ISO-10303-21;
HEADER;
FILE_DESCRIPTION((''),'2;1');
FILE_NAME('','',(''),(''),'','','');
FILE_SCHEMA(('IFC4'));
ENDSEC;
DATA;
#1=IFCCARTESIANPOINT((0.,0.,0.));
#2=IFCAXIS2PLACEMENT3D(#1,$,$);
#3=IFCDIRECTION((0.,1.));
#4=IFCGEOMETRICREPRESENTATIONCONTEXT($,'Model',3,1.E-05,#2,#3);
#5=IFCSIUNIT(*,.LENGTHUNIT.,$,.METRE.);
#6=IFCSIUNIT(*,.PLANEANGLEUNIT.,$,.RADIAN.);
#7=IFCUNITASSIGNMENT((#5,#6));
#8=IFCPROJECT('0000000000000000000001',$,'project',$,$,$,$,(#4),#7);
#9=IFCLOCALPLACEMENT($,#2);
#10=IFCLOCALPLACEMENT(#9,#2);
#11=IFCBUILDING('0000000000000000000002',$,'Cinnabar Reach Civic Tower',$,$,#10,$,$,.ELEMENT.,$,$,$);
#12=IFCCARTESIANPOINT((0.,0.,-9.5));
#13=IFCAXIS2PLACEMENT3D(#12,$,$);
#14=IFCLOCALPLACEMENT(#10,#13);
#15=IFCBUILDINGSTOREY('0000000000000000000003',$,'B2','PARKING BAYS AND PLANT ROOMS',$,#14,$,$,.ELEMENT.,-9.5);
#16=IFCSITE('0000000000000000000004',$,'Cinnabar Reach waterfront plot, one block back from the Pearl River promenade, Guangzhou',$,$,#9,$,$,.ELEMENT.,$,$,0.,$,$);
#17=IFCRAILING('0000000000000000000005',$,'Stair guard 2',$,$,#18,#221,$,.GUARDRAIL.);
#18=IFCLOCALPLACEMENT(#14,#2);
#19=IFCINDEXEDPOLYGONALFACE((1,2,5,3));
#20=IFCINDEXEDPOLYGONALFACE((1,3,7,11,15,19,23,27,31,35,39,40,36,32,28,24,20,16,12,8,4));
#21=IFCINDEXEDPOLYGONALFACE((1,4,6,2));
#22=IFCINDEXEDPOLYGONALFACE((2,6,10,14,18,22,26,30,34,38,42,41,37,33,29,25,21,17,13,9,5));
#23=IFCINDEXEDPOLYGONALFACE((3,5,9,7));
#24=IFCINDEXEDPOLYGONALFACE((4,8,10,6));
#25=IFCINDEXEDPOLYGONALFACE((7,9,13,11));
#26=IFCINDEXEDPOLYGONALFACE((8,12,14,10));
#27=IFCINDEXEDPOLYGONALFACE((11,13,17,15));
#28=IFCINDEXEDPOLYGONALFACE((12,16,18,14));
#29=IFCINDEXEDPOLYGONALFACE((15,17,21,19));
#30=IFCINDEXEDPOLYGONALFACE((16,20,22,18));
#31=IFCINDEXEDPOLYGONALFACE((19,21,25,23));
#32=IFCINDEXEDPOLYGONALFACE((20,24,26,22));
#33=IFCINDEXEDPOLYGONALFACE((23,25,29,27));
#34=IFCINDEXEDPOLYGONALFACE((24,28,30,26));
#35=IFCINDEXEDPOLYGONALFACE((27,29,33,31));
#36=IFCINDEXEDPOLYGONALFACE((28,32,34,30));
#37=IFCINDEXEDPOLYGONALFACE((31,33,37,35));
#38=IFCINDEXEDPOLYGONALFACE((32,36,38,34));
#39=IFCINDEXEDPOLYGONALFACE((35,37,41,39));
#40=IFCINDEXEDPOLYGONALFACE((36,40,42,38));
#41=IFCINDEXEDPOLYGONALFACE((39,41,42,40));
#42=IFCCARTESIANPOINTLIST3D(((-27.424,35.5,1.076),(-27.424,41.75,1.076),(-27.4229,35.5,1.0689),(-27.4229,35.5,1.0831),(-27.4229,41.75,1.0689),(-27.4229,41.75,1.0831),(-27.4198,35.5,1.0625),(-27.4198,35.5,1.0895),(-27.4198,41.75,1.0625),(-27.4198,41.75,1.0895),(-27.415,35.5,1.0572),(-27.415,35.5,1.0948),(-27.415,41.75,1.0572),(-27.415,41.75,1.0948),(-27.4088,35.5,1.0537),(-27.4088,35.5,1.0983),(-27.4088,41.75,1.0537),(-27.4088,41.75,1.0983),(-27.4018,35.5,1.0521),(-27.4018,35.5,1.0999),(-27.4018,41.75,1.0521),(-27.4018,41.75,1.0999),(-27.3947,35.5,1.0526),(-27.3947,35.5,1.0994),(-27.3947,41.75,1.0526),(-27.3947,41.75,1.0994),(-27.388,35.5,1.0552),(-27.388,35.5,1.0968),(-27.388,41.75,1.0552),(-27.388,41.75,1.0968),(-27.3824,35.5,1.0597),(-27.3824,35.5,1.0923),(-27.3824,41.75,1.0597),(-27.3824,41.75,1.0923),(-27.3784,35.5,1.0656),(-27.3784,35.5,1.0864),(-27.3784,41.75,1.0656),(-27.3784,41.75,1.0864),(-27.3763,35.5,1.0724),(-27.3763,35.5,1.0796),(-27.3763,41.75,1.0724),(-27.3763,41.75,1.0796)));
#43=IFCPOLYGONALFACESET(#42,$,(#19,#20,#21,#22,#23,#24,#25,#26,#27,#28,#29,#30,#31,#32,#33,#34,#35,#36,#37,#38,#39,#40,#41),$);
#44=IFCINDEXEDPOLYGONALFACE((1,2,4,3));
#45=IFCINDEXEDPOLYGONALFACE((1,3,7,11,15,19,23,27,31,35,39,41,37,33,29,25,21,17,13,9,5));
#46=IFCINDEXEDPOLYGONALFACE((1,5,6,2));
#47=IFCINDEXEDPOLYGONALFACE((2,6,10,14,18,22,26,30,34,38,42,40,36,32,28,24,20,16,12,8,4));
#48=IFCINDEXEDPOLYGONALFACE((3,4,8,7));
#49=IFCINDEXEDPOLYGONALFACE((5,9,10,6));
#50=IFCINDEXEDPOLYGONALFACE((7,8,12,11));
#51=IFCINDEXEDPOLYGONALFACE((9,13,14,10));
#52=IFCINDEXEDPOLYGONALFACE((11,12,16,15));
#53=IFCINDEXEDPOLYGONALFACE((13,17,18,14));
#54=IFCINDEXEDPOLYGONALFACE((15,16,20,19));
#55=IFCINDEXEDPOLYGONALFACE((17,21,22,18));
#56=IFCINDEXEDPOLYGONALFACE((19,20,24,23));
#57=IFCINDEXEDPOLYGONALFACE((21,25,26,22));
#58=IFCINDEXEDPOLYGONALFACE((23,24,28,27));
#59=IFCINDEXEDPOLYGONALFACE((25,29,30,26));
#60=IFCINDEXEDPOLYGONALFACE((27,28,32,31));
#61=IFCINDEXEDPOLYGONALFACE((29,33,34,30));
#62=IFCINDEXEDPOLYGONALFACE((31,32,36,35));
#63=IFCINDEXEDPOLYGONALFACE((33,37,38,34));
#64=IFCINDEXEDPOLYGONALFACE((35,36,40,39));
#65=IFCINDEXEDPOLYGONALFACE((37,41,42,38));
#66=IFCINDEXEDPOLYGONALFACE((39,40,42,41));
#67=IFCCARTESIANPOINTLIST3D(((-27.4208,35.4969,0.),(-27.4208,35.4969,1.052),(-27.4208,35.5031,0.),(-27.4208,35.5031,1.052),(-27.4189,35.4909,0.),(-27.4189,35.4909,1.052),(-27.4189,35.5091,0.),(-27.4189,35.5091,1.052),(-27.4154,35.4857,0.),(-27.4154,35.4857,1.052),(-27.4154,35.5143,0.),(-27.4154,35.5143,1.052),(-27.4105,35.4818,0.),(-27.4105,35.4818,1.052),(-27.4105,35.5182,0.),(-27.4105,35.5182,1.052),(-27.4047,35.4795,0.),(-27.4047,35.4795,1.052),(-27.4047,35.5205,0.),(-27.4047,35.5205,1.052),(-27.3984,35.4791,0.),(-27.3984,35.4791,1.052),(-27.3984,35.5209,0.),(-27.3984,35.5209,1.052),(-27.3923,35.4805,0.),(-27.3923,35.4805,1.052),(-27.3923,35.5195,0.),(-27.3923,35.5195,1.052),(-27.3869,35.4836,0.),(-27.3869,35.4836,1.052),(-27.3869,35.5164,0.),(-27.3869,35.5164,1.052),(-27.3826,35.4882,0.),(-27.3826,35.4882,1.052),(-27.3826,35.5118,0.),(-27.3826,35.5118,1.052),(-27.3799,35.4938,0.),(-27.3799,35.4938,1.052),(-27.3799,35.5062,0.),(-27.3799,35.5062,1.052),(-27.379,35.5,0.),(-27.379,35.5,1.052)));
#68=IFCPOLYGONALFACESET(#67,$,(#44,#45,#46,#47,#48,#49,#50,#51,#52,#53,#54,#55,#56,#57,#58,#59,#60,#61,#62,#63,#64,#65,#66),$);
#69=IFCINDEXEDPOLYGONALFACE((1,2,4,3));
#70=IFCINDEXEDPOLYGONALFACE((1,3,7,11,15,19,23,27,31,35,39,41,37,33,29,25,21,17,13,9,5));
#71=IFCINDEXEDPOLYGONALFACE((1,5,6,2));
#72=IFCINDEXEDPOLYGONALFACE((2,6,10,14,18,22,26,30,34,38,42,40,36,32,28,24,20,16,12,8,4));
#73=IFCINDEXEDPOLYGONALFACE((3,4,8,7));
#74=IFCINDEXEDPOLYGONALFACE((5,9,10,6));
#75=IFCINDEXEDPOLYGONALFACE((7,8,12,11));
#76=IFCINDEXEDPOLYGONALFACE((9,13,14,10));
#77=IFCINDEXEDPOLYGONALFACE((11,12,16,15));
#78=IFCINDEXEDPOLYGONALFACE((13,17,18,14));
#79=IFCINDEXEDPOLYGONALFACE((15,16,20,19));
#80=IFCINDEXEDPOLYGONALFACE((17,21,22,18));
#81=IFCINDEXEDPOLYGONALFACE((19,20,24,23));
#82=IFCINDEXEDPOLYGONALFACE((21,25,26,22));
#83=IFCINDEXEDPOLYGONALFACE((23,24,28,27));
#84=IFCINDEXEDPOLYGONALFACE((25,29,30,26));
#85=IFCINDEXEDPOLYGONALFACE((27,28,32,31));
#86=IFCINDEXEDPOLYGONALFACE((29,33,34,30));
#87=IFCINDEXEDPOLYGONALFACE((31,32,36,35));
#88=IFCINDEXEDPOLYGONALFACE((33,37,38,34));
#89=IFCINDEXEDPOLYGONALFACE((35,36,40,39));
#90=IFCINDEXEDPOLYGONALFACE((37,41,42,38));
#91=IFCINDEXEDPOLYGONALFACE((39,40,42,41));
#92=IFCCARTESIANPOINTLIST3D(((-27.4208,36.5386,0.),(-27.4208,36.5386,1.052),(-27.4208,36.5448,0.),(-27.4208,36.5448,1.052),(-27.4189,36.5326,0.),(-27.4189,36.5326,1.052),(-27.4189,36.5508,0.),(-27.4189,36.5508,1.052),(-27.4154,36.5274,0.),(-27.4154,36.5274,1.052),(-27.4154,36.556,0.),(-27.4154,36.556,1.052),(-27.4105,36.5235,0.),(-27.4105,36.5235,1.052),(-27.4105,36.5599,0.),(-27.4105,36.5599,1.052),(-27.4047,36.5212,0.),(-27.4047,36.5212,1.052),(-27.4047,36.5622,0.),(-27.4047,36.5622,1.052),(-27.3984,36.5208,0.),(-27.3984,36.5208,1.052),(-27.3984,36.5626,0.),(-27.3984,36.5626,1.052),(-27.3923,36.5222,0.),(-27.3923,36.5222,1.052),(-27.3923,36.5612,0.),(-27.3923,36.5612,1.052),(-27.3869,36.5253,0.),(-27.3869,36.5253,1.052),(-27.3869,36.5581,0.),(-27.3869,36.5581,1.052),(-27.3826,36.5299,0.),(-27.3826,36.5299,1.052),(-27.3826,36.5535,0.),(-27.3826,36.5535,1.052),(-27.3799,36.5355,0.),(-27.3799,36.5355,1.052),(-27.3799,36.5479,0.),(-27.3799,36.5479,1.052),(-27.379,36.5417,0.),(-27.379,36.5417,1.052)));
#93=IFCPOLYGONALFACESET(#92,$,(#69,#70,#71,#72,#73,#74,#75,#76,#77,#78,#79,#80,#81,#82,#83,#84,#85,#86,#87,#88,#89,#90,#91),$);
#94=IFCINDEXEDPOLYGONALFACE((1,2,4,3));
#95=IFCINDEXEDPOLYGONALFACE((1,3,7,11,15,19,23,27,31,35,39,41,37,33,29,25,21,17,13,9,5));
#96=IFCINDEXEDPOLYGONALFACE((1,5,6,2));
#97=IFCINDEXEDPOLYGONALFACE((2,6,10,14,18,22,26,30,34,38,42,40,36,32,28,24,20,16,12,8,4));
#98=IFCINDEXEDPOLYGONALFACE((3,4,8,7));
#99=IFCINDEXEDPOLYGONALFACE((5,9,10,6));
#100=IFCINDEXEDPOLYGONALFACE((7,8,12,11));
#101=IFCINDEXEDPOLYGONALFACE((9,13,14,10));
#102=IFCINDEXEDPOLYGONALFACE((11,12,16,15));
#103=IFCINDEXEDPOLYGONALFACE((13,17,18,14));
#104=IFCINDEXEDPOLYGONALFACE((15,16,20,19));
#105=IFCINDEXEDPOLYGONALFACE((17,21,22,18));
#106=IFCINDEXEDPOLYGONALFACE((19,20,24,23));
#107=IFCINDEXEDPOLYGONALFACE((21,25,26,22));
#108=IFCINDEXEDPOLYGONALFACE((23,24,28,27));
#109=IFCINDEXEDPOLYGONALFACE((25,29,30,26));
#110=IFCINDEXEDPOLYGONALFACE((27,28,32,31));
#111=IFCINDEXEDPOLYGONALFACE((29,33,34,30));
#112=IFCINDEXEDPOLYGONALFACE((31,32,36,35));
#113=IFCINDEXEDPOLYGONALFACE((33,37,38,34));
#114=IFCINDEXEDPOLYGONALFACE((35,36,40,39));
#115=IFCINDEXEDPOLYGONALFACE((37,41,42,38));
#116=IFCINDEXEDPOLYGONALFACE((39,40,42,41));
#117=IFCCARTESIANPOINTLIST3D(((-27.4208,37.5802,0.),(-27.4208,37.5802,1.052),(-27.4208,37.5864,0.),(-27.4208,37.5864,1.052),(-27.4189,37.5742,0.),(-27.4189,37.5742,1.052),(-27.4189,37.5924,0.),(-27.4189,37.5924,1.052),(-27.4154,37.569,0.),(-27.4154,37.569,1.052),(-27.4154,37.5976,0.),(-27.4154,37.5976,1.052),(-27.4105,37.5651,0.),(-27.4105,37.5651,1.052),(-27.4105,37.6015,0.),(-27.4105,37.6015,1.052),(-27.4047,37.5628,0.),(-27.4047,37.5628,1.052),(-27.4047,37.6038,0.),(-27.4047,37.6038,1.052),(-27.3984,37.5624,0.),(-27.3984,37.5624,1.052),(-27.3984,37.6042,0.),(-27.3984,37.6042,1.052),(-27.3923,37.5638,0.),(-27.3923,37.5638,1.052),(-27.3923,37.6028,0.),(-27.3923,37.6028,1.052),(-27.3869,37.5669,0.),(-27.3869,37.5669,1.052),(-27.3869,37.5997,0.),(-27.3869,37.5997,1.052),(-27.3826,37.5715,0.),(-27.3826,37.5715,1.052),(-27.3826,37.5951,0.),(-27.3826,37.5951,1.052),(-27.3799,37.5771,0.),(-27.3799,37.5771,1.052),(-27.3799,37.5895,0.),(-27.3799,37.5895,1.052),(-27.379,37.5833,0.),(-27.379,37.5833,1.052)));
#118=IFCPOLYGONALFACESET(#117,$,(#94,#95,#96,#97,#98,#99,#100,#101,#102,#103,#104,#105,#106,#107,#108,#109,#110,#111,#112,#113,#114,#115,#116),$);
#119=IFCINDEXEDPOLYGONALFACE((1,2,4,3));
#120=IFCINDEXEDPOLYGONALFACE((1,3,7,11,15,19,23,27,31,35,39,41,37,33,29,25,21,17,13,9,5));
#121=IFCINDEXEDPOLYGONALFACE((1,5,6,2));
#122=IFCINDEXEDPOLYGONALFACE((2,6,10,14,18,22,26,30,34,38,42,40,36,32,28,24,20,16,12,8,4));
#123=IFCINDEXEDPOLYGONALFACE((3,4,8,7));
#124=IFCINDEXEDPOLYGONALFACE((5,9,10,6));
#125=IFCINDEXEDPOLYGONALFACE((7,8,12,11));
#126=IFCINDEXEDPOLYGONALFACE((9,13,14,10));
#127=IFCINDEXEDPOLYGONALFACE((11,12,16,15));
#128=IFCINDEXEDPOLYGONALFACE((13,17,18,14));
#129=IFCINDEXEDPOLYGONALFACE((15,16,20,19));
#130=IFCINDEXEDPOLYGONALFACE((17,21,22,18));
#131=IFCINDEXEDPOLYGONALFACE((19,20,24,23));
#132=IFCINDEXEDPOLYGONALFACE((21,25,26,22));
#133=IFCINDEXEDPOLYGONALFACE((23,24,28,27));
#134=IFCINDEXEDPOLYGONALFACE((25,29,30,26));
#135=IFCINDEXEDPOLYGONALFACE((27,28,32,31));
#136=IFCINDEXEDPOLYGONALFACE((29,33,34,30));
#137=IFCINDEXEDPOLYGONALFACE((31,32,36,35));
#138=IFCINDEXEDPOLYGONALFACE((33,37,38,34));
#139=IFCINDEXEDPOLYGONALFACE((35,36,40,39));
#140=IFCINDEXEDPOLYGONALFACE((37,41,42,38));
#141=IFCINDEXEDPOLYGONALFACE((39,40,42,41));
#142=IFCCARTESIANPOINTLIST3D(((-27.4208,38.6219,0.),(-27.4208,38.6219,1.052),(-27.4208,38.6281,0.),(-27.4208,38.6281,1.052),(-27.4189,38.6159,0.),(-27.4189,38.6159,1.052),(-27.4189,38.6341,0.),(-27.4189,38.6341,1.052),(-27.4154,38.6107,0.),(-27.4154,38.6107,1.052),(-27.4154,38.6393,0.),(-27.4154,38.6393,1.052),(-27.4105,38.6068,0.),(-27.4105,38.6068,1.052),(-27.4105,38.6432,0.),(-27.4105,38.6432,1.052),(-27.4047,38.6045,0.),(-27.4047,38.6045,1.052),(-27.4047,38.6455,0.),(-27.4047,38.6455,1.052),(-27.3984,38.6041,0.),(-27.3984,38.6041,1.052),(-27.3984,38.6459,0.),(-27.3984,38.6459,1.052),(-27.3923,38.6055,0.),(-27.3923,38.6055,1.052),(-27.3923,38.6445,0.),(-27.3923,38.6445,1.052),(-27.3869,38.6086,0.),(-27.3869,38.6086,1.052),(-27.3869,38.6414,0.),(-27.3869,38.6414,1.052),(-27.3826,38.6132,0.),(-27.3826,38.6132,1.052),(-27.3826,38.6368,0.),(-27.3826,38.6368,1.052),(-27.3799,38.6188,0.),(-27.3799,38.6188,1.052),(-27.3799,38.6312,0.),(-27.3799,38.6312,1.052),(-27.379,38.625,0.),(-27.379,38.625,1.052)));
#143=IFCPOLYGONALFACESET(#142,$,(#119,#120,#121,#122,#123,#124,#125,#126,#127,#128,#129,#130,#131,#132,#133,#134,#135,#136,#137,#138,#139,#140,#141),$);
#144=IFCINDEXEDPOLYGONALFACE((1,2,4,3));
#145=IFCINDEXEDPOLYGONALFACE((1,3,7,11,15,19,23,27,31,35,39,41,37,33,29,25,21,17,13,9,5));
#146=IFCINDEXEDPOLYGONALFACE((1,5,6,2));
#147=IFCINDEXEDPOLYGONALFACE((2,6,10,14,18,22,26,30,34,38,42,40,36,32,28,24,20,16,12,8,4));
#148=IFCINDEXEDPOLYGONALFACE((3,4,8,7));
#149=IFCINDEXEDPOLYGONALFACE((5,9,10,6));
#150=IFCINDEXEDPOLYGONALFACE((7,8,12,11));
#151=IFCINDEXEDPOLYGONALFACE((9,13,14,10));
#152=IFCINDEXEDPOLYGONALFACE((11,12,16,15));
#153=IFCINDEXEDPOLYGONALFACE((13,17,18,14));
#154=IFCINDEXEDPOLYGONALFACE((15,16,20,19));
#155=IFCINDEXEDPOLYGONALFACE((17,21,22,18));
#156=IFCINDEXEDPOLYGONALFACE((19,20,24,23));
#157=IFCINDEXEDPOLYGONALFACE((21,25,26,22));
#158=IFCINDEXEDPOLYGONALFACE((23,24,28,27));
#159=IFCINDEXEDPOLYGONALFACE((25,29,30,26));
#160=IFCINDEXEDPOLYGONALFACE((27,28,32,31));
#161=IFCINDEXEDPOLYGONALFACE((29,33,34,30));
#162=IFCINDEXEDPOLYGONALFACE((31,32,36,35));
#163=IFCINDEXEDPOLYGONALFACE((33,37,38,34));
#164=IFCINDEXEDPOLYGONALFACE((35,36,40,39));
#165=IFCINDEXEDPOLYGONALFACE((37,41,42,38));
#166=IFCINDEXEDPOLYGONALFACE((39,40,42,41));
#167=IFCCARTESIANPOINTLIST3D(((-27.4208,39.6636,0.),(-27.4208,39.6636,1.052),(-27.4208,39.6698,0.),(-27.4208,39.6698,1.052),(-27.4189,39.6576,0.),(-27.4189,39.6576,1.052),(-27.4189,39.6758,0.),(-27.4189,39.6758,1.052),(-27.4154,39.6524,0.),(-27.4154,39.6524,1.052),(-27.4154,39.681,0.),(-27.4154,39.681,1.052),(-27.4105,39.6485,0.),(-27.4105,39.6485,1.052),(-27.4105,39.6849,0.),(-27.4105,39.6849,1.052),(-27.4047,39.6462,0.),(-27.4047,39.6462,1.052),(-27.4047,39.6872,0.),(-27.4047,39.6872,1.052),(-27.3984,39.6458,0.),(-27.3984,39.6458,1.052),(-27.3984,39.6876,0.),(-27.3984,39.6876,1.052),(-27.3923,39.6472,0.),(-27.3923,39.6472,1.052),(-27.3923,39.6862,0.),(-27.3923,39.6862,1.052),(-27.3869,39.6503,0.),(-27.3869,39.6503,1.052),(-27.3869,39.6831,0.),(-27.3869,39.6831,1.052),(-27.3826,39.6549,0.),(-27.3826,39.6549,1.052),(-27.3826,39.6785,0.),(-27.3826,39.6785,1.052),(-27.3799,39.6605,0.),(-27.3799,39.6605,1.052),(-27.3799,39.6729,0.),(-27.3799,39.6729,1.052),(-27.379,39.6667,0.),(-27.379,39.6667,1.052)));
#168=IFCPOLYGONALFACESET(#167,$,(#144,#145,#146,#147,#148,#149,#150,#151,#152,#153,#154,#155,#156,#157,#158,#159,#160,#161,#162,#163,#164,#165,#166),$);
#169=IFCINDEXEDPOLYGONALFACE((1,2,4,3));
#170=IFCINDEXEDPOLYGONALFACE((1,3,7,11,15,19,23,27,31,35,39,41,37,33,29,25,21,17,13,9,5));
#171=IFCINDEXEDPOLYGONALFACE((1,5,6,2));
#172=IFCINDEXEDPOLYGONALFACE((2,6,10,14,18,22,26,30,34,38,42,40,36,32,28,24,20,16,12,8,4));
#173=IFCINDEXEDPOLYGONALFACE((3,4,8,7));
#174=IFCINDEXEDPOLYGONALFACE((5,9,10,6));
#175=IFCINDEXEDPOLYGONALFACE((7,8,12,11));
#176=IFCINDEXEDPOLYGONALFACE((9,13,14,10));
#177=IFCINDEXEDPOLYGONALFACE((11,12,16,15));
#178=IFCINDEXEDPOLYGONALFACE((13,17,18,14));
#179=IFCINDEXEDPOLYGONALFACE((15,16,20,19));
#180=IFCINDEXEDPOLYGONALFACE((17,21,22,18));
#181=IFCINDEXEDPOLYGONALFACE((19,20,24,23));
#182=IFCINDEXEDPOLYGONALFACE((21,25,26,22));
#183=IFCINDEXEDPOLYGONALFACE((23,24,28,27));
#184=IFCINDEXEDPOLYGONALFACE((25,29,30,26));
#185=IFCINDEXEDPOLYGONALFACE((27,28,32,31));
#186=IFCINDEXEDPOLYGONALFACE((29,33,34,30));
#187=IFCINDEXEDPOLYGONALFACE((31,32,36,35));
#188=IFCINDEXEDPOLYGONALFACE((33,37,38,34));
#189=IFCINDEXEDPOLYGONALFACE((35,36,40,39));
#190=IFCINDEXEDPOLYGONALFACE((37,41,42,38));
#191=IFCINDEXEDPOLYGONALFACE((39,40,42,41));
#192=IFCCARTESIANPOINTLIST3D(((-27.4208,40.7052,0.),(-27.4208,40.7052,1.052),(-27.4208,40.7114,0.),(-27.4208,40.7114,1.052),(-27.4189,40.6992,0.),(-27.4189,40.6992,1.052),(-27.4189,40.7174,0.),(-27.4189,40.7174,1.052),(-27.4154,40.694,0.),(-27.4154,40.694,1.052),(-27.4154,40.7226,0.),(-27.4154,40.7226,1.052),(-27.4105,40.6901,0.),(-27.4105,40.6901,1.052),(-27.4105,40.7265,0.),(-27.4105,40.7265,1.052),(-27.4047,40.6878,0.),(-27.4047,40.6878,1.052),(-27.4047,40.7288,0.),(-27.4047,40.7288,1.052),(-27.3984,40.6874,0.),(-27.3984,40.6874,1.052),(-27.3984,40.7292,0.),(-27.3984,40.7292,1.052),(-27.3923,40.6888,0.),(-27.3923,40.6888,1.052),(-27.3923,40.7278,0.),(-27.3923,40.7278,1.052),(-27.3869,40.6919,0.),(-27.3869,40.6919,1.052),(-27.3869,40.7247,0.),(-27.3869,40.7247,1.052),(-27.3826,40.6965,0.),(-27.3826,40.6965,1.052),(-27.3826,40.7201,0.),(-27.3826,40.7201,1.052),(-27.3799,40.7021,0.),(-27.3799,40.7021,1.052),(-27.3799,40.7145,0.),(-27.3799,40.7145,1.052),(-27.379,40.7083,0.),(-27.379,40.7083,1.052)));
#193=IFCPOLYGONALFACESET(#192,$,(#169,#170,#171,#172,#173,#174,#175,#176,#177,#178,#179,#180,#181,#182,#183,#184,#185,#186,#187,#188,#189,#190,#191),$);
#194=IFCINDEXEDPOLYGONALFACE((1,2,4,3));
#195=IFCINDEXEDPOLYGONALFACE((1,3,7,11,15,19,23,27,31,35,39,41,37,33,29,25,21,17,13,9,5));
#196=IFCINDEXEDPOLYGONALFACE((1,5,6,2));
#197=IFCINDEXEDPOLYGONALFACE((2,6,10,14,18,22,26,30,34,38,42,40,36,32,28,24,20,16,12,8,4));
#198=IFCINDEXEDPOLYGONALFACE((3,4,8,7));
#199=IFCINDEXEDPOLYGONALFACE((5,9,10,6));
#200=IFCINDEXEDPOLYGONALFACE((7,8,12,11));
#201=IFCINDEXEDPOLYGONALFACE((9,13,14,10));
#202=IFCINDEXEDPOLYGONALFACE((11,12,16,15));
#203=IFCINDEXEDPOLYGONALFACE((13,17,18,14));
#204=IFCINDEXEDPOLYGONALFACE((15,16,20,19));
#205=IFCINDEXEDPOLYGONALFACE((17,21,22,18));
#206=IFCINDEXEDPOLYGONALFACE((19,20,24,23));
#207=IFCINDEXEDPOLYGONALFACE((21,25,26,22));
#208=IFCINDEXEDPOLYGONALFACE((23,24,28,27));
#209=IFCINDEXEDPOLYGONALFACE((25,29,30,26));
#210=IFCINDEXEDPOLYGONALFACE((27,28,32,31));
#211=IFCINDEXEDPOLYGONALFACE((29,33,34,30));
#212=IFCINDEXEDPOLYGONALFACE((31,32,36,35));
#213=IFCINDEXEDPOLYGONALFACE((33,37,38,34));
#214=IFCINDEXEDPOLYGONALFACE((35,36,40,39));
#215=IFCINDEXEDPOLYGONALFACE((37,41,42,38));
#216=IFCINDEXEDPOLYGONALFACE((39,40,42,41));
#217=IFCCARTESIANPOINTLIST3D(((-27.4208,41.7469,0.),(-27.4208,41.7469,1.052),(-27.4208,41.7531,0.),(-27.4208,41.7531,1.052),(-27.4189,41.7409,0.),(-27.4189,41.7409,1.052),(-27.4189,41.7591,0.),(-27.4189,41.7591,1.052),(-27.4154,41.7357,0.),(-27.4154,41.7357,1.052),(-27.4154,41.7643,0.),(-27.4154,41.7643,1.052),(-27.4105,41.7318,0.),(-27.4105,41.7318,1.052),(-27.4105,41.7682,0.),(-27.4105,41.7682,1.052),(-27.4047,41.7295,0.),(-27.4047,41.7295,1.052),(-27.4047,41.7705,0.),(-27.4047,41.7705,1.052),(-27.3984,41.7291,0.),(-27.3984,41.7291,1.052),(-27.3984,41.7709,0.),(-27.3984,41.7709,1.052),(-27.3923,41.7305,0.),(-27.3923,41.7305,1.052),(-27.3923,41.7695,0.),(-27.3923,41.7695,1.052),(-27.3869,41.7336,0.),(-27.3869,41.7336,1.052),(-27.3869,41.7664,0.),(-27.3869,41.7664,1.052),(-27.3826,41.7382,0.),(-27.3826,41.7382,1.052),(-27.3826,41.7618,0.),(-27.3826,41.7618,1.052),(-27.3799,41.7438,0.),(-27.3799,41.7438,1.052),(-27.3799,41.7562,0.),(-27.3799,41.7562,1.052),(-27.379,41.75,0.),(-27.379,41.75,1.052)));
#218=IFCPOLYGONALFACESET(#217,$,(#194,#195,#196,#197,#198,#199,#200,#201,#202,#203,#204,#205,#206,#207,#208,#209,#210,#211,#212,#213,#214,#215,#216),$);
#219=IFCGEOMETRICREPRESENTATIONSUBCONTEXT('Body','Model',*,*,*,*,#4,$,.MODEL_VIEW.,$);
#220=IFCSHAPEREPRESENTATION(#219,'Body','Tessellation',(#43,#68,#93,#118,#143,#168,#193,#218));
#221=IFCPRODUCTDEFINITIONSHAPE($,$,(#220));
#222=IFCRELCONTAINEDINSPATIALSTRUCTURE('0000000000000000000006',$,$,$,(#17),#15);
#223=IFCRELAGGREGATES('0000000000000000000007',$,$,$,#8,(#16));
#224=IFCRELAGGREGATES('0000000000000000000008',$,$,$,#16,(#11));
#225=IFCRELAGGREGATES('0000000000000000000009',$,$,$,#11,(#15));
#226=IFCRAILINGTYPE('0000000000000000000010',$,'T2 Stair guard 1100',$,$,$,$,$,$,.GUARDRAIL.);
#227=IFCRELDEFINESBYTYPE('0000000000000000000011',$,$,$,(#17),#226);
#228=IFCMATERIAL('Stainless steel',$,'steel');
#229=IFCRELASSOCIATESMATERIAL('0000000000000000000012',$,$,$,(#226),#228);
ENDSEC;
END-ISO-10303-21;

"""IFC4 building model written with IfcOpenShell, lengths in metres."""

from ifc_helpers import new_model, si_unit, direction, frame, origin, origin_2d, place, context, subcontext, project, spatial, circle, extrude, material, type_object, element, save


model = new_model("IFC4")

# Units and contexts
model_context = context("Model", 3, precision=1e-05, world=origin(), true_north=direction((0.0, 1.0)))
body_context = subcontext(model_context, "Body", "Model", "MODEL_VIEW")
ifc_project = project(units=[si_unit("LENGTHUNIT", "METRE"), si_unit("PLANEANGLEUNIT", "RADIAN")], contexts=[model_context])

# Site, building, storey
site_placement = place(None, origin())
site = spatial("IfcSite", under=ifc_project, at=site_placement, Name="Cinnabar Reach waterfront plot, one block back from the Pearl River promenade, Guangzhou", CompositionType="ELEMENT", RefElevation=0.0)
building_placement = place(site_placement, origin())
building = spatial("IfcBuilding", under=site, at=building_placement, Name="Cinnabar Reach Civic Tower", CompositionType="ELEMENT")
storey_placement = place(building_placement, frame((0.0, 0.0, -9.5)))
storey = spatial("IfcBuildingStorey", under=building, at=storey_placement, Name="B2", Description="PARKING BAYS AND PLANT ROOMS", CompositionType="ELEMENT", Elevation=-9.5)

# Railing
ifc_material_1 = material(Name="Stainless steel", Category="steel")
railing_type = type_object("IfcRailingType", Name="T2 Stair guard 1100", PredefinedType="GUARDRAIL", material=ifc_material_1)
for number, where, name in (
    (1, (-27.4, 35.5, 0.0), "Stair guard 2"),
):
    element("IfcRailing", number, at=place(storey_placement, frame(where)), inside=storey, type_object=railing_type, Name=name, PredefinedType="GUARDRAIL", context=body_context, shape_type="SweptSolid", body=[
        extrude(circle(Radius=0.024, at=origin_2d()), frame((0.0, 0.0, 1.076), z_axis=(0.0, 1.0, 0.0), x_axis=(-1.0, 0.0, 0.0)), (0.0, 0.0, 1.0), 6.25),
        extrude(circle(Radius=0.021, at=origin_2d()), origin(), (0.0, 0.0, 1.0), 1.052),
        extrude(circle(Radius=0.021, at=origin_2d()), frame((0.0, 1.0417, 0.0)), (0.0, 0.0, 1.0), 1.052),
        extrude(circle(Radius=0.021, at=origin_2d()), frame((0.0, 2.0833, 0.0)), (0.0, 0.0, 1.0), 1.052),
        extrude(circle(Radius=0.021, at=origin_2d()), frame((0.0, 3.125, 0.0)), (0.0, 0.0, 1.0), 1.052),
        extrude(circle(Radius=0.021, at=origin_2d()), frame((0.0, 4.1667, 0.0)), (0.0, 0.0, 1.0), 1.052),
        extrude(circle(Radius=0.021, at=origin_2d()), frame((0.0, 5.2083, 0.0)), (0.0, 0.0, 1.0), 1.052),
        extrude(circle(Radius=0.021, at=origin_2d()), frame((0.0, 6.25, 0.0)), (0.0, 0.0, 1.0), 1.052),
    ])

save(model, "model.ifc")
